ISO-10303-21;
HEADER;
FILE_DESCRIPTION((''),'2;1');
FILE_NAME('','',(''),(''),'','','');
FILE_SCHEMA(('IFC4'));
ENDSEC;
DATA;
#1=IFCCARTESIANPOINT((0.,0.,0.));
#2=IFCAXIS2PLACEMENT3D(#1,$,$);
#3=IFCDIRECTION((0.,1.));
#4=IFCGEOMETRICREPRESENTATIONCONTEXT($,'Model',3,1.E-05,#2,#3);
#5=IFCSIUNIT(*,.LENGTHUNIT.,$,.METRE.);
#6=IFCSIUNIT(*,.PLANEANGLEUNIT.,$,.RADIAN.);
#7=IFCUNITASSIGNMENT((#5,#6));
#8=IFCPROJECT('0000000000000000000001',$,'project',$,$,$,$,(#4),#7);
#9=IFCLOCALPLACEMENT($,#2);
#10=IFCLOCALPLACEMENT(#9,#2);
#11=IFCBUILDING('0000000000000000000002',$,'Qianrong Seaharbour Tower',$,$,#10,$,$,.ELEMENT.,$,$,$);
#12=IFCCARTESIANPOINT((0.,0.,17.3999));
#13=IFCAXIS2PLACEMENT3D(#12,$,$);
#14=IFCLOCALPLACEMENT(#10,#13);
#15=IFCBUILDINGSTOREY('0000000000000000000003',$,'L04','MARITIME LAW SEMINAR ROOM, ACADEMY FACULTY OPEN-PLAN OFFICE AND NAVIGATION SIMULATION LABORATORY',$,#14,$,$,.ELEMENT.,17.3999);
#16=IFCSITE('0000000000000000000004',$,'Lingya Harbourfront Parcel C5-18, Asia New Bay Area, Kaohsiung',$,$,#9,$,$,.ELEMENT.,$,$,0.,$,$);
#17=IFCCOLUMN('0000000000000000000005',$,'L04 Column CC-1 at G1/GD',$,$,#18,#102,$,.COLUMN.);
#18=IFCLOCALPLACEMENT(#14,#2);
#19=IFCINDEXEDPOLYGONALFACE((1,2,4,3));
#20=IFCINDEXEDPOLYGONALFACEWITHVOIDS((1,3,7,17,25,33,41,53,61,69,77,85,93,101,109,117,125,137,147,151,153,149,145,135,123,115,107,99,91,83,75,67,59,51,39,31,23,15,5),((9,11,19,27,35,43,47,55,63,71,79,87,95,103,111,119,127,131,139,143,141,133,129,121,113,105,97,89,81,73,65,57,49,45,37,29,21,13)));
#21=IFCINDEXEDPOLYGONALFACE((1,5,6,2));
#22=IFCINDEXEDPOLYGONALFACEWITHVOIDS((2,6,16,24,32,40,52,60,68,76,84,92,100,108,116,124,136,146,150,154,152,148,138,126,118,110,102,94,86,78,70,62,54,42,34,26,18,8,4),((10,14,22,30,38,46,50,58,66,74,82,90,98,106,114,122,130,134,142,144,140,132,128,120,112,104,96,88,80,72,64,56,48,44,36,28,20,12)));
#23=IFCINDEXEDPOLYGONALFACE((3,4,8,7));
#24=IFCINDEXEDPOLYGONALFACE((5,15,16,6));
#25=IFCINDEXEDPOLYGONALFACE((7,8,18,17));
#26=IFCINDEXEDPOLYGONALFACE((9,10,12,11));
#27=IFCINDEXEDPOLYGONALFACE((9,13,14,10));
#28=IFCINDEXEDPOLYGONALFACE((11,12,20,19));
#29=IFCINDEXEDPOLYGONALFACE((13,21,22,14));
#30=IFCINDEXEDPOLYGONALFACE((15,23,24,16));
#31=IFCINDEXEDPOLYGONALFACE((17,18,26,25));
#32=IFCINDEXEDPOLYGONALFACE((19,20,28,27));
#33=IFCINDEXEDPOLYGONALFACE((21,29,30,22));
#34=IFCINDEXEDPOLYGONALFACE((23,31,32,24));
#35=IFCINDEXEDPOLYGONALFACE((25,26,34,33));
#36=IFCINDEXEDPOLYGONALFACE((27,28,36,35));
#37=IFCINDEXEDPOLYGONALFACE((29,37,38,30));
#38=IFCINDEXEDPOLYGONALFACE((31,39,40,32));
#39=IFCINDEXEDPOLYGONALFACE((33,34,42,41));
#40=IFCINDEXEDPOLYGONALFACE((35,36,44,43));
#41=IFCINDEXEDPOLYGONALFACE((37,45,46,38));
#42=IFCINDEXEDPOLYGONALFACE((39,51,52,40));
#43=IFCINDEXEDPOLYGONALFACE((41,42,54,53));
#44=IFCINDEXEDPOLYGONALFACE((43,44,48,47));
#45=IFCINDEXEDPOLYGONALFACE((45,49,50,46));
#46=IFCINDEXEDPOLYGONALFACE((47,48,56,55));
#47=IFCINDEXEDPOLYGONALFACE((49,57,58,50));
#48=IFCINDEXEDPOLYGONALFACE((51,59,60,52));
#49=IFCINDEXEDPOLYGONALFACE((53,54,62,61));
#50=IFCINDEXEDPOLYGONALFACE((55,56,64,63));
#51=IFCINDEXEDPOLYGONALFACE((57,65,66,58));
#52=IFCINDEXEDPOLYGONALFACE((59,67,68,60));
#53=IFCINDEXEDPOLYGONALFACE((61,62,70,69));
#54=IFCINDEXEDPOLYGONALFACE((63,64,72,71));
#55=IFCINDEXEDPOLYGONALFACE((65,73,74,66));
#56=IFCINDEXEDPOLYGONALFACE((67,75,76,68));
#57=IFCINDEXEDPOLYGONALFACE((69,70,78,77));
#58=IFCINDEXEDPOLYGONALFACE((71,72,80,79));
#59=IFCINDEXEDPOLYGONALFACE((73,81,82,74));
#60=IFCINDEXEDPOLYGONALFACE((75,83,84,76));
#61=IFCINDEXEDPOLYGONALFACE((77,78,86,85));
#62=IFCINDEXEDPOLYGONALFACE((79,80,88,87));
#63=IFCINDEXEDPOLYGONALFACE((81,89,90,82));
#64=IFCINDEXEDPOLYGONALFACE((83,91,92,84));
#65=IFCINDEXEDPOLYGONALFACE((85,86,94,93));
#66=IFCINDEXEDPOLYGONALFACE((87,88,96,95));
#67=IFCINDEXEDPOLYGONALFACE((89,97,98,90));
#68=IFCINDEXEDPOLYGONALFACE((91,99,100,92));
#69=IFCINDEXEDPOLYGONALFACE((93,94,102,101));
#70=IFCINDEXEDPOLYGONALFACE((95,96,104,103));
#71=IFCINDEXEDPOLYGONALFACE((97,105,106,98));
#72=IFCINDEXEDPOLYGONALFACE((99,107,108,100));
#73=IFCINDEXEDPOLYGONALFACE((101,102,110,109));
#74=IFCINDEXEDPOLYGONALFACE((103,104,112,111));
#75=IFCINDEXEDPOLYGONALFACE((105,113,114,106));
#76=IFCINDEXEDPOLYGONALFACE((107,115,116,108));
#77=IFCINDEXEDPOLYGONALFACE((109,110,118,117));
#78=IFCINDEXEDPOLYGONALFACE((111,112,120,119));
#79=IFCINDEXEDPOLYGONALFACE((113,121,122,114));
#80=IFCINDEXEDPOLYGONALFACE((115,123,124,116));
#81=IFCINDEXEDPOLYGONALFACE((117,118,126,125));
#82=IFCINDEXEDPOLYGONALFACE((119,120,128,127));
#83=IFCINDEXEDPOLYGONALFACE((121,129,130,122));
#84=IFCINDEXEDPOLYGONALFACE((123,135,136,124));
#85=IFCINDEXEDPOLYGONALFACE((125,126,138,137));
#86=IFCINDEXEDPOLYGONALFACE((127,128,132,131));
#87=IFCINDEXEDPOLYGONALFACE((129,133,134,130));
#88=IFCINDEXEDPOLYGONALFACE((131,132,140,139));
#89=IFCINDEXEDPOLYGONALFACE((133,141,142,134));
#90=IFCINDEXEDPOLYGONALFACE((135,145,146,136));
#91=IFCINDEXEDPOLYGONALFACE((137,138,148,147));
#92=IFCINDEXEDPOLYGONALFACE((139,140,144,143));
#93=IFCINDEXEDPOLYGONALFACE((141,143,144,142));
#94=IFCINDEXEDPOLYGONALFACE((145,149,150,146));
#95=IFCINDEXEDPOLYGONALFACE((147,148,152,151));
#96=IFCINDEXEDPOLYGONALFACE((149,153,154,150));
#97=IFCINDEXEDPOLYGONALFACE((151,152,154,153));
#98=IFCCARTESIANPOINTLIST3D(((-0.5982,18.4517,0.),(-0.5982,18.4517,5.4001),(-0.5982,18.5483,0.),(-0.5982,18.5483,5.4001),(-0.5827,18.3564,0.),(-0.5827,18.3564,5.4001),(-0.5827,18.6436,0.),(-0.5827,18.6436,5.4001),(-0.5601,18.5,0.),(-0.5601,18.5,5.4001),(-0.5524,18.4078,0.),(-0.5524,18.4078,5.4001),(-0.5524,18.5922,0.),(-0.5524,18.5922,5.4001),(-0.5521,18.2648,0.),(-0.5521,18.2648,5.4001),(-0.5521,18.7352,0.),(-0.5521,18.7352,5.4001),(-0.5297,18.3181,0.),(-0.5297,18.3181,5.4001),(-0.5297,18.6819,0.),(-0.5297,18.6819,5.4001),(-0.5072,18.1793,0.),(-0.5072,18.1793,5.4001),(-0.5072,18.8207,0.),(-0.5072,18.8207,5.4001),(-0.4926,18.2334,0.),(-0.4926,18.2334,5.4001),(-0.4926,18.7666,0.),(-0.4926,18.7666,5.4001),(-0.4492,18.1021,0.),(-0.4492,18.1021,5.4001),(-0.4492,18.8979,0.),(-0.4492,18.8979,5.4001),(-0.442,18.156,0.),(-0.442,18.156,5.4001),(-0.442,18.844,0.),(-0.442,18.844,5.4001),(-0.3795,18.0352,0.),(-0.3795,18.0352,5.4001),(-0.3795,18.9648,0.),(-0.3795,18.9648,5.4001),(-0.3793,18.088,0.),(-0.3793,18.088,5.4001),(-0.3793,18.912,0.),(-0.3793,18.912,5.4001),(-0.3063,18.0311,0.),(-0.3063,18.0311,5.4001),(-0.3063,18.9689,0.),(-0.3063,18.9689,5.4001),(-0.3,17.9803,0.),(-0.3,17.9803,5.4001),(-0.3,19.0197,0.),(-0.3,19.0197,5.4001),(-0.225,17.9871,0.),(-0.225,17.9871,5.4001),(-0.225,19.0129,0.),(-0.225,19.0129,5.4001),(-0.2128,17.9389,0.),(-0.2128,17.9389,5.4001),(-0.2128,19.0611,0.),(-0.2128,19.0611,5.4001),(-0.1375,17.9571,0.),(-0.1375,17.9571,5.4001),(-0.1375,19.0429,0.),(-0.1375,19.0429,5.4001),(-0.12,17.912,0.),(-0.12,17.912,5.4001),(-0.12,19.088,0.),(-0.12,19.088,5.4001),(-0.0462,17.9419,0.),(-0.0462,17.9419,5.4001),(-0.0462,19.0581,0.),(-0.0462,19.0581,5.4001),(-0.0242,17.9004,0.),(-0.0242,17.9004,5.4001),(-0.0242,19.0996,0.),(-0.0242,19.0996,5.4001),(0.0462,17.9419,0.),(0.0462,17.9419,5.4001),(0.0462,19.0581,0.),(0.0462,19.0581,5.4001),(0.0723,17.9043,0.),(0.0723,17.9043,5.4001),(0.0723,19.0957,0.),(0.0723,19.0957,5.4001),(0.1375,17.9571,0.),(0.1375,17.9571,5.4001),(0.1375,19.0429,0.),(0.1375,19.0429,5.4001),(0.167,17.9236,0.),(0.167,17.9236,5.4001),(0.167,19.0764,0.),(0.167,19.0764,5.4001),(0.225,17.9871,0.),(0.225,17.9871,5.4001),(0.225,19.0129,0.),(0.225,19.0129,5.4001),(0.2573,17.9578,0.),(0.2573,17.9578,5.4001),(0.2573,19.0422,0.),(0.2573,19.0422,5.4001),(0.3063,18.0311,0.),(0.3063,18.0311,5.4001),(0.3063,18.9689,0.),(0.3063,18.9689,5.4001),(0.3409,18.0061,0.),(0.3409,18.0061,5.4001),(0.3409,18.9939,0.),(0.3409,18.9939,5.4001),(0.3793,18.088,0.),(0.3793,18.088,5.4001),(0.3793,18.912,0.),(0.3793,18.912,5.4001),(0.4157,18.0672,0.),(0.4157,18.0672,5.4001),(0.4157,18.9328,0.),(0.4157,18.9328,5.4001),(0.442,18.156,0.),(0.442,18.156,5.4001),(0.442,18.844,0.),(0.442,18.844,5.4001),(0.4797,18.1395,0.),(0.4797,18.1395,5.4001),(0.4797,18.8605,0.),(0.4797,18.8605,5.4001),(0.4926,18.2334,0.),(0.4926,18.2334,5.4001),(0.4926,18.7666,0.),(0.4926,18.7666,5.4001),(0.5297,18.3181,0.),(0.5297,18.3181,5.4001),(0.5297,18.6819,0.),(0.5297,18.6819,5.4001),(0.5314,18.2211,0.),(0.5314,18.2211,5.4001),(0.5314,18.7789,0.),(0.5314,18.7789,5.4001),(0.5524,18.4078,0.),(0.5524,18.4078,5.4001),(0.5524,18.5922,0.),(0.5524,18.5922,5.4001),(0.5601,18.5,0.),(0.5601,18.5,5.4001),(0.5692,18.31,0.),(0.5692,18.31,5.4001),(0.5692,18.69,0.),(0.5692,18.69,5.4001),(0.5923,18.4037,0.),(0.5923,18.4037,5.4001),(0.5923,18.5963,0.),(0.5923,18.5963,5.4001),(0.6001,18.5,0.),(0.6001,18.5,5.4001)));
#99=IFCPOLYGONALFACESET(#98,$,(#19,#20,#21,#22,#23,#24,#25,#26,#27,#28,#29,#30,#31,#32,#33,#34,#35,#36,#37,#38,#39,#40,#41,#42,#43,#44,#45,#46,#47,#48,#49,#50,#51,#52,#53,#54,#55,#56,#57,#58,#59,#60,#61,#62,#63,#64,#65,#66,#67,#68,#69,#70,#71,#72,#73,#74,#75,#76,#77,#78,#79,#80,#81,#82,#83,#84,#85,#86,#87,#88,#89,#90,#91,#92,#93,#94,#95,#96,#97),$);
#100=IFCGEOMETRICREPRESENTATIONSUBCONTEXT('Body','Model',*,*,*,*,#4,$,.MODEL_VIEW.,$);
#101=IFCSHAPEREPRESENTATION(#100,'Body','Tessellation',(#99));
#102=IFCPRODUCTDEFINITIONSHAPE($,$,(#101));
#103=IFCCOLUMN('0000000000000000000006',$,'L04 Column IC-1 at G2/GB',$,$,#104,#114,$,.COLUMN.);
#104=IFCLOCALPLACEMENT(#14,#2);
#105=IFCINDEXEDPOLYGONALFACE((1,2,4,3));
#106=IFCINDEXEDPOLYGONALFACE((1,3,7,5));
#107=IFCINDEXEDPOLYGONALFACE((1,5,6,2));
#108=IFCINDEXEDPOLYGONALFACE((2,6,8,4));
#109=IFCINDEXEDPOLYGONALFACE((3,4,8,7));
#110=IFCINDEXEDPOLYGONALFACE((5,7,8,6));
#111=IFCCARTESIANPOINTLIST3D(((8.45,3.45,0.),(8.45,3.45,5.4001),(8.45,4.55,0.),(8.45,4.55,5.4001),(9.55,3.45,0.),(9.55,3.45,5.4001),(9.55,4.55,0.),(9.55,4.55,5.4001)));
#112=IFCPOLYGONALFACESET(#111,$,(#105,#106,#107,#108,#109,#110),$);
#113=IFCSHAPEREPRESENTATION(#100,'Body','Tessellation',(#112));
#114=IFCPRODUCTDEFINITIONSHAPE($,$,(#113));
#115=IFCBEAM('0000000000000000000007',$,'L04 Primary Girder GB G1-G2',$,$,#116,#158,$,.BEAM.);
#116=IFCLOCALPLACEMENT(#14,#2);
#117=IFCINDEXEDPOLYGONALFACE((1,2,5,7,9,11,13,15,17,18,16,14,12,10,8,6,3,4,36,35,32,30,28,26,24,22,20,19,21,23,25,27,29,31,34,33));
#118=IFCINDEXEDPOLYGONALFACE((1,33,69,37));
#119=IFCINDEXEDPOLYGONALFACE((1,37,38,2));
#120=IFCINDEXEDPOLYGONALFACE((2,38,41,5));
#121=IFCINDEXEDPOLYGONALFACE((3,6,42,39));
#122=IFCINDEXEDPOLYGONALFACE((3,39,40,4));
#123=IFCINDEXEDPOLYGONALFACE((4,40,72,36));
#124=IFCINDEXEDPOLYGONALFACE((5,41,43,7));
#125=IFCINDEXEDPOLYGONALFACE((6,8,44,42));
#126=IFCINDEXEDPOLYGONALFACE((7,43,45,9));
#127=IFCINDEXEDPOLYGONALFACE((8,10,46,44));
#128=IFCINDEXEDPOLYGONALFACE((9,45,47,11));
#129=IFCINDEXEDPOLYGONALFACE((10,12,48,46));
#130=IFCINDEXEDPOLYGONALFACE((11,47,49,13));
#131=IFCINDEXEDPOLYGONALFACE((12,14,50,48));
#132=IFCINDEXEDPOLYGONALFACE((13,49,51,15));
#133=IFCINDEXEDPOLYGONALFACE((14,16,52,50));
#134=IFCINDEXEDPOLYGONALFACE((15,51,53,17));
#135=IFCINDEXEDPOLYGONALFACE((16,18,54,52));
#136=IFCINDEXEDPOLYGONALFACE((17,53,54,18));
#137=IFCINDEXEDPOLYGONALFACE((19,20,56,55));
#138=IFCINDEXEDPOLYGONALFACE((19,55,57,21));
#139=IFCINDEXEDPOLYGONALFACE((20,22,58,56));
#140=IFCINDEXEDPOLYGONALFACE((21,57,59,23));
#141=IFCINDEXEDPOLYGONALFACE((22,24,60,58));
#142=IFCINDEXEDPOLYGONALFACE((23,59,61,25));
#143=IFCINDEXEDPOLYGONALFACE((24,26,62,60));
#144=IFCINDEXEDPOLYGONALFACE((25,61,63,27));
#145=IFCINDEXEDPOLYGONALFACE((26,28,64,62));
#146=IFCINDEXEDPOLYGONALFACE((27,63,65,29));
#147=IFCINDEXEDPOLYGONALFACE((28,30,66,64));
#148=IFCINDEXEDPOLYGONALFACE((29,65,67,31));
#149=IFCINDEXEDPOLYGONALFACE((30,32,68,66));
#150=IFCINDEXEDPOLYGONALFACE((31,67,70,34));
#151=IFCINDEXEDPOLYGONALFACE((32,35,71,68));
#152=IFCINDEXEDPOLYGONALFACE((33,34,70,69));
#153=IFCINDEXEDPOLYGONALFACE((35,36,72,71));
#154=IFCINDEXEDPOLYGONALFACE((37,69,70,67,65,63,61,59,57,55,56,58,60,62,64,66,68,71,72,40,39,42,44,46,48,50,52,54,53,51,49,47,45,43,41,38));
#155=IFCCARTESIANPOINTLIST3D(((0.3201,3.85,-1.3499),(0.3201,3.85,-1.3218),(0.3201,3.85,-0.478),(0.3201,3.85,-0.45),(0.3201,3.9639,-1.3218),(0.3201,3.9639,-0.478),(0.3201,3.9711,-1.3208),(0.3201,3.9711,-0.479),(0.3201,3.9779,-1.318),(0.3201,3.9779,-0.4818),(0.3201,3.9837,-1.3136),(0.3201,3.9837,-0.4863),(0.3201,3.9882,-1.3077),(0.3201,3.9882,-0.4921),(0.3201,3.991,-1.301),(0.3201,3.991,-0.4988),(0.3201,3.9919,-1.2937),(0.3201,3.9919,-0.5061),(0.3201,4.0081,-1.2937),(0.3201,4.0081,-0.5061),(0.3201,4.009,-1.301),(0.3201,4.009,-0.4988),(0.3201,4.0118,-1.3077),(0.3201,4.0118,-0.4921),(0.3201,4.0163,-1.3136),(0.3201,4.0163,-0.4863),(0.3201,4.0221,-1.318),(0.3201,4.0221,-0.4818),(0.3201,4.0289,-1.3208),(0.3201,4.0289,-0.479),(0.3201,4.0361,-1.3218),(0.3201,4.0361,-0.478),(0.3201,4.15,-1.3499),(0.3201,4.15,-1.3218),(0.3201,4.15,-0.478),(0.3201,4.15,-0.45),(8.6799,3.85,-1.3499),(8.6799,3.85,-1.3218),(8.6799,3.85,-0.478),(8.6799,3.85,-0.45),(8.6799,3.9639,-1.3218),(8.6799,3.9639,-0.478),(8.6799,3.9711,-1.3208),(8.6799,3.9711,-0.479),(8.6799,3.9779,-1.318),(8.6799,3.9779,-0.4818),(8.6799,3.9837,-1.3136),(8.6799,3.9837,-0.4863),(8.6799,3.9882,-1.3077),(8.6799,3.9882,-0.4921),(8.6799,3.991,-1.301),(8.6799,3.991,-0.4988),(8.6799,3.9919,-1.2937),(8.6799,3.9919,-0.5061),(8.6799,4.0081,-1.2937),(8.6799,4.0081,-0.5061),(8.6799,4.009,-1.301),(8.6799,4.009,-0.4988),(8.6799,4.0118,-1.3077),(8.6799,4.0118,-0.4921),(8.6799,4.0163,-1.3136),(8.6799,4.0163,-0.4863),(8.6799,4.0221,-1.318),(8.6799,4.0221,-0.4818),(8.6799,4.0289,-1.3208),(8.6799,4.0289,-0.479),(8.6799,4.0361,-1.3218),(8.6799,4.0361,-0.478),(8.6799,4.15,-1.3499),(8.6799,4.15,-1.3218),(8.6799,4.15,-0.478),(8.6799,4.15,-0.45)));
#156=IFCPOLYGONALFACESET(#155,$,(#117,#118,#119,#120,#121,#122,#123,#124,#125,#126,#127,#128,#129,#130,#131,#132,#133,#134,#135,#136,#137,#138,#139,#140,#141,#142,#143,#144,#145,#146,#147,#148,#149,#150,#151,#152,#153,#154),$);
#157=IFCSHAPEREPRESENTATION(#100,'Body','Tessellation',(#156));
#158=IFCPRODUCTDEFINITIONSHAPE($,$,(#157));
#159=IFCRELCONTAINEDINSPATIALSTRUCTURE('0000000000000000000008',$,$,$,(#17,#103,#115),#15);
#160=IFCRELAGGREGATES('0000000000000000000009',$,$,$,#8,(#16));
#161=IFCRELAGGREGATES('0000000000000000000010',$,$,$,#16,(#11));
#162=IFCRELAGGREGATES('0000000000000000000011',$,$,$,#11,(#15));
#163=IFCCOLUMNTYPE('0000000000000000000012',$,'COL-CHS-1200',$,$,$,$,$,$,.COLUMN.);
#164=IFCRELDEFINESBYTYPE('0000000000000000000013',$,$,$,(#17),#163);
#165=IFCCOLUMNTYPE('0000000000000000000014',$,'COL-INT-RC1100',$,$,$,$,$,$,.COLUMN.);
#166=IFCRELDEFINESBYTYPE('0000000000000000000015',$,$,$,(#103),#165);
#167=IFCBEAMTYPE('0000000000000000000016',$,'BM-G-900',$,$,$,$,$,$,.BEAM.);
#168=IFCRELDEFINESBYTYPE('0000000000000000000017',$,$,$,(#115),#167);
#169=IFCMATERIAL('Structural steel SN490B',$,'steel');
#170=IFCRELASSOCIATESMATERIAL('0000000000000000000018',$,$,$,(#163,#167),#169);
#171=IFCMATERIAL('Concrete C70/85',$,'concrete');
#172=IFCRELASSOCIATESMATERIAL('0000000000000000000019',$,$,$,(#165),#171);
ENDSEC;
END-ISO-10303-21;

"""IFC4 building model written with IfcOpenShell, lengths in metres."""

from ifc_helpers import new_model, si_unit, direction, frame, origin, origin_2d, place, context, subcontext, project, spatial, rectangle, hollow_circle, i_section, extrude, material, material_profile, profile_set, type_object, element, save


model = new_model("IFC4")

# Units and contexts
model_context = context("Model", 3, precision=1e-05, world=origin(), true_north=direction((0.0, 1.0)))
body_context = subcontext(model_context, "Body", "Model", "MODEL_VIEW")
ifc_project = project(units=[si_unit("LENGTHUNIT", "METRE"), si_unit("PLANEANGLEUNIT", "RADIAN")], contexts=[model_context])

# Site, building, storey
site_placement = place(None, origin())
site = spatial("IfcSite", under=ifc_project, at=site_placement, Name="Lingya Harbourfront Parcel C5-18, Asia New Bay Area, Kaohsiung", CompositionType="ELEMENT", RefElevation=0.0)
building_placement = place(site_placement, origin())
building = spatial("IfcBuilding", under=site, at=building_placement, Name="Qianrong Seaharbour Tower", CompositionType="ELEMENT")
storey_placement = place(building_placement, frame((0.0, 0.0, 17.3999)))
storey = spatial("IfcBuildingStorey", under=building, at=storey_placement, Name="L04", Description="MARITIME LAW SEMINAR ROOM, ACADEMY FACULTY OPEN-PLAN OFFICE AND NAVIGATION SIMULATION LABORATORY", CompositionType="ELEMENT", Elevation=17.3999)

# Columns
ifc_material_1 = material(Name="Structural steel SN490B", Category="steel")
ifc_material_profile_1 = material_profile(ifc_material_1, hollow_circle(Radius=0.6001, WallThickness=0.04, at=origin_2d()), Name="CHS1200x40")
ifc_profile_set_1 = profile_set([ifc_material_profile_1], Name="Structural steel SN490B")
column_type_1 = type_object("IfcColumnType", Name="COL-CHS-1200", PredefinedType="COLUMN", material=ifc_profile_set_1)
for number, where, z_axis, x_axis, name in (
    (1, (0.0, 18.5, 0.0), (0.0, 0.0, 1.0), (1.0, 0.0, 0.0), "L04 Column CC-1 at G1/GD"),
):
    element("IfcColumn", number, at=place(storey_placement, frame(where, z_axis=z_axis, x_axis=x_axis)), inside=storey, type_object=column_type_1, Name=name, PredefinedType="COLUMN", context=body_context, shape_type="SweptSolid", body=[
        extrude(hollow_circle(Radius=0.6001, WallThickness=0.04, at=origin_2d()), origin(), (0.0, 0.0, 1.0), 5.4001),
    ])
ifc_material_2 = material(Name="Concrete C70/85", Category="concrete")
ifc_material_profile_2 = material_profile(ifc_material_2, rectangle(XDim=1.1001, YDim=1.1001, at=origin_2d()), Name="RC1100x1100")
ifc_profile_set_2 = profile_set([ifc_material_profile_2], Name="Concrete C70/85")
column_type_2 = type_object("IfcColumnType", Name="COL-INT-RC1100", PredefinedType="COLUMN", material=ifc_profile_set_2)
column_placement = place(storey_placement, frame((9.0, 4.0, 0.0), z_axis=(0.0, 0.0, 1.0), x_axis=(1.0, 0.0, 0.0)))
element("IfcColumn", 2, at=column_placement, inside=storey, type_object=column_type_2, Name="L04 Column IC-1 at G2/GB", PredefinedType="COLUMN", context=body_context, shape_type="SweptSolid", body=[
    extrude(rectangle(XDim=1.1001, YDim=1.1001, at=origin_2d()), origin(), (0.0, 0.0, 1.0), 5.4001),
])

# Beam
ifc_material_profile_3 = material_profile(ifc_material_1, i_section(OverallWidth=0.3, OverallDepth=0.8999, WebThickness=0.0161, FlangeThickness=0.0281, FilletRadius=0.0281, at=origin_2d()), Name="H900x300x16x28")
ifc_profile_set_3 = profile_set([ifc_material_profile_3], Name="Structural steel SN490B")
beam_type_1 = type_object("IfcBeamType", Name="BM-G-900", PredefinedType="BEAM", material=ifc_profile_set_3)
beam_1_placement = place(storey_placement, frame((0.3201, 4.0, -0.8999), z_axis=(1.0, 0.0, 0.0), x_axis=(0.0, 1.0, 0.0)))
element("IfcBeam", 3, at=beam_1_placement, inside=storey, type_object=beam_type_1, Name="L04 Primary Girder GB G1-G2", PredefinedType="BEAM", context=body_context, shape_type="SweptSolid", body=[
    extrude(i_section(OverallWidth=0.3, OverallDepth=0.8999, WebThickness=0.0161, FlangeThickness=0.0281, FilletRadius=0.0281, at=origin_2d()), origin(), (0.0, 0.0, 1.0), 8.3599),
])

save(model, "model.ifc")
